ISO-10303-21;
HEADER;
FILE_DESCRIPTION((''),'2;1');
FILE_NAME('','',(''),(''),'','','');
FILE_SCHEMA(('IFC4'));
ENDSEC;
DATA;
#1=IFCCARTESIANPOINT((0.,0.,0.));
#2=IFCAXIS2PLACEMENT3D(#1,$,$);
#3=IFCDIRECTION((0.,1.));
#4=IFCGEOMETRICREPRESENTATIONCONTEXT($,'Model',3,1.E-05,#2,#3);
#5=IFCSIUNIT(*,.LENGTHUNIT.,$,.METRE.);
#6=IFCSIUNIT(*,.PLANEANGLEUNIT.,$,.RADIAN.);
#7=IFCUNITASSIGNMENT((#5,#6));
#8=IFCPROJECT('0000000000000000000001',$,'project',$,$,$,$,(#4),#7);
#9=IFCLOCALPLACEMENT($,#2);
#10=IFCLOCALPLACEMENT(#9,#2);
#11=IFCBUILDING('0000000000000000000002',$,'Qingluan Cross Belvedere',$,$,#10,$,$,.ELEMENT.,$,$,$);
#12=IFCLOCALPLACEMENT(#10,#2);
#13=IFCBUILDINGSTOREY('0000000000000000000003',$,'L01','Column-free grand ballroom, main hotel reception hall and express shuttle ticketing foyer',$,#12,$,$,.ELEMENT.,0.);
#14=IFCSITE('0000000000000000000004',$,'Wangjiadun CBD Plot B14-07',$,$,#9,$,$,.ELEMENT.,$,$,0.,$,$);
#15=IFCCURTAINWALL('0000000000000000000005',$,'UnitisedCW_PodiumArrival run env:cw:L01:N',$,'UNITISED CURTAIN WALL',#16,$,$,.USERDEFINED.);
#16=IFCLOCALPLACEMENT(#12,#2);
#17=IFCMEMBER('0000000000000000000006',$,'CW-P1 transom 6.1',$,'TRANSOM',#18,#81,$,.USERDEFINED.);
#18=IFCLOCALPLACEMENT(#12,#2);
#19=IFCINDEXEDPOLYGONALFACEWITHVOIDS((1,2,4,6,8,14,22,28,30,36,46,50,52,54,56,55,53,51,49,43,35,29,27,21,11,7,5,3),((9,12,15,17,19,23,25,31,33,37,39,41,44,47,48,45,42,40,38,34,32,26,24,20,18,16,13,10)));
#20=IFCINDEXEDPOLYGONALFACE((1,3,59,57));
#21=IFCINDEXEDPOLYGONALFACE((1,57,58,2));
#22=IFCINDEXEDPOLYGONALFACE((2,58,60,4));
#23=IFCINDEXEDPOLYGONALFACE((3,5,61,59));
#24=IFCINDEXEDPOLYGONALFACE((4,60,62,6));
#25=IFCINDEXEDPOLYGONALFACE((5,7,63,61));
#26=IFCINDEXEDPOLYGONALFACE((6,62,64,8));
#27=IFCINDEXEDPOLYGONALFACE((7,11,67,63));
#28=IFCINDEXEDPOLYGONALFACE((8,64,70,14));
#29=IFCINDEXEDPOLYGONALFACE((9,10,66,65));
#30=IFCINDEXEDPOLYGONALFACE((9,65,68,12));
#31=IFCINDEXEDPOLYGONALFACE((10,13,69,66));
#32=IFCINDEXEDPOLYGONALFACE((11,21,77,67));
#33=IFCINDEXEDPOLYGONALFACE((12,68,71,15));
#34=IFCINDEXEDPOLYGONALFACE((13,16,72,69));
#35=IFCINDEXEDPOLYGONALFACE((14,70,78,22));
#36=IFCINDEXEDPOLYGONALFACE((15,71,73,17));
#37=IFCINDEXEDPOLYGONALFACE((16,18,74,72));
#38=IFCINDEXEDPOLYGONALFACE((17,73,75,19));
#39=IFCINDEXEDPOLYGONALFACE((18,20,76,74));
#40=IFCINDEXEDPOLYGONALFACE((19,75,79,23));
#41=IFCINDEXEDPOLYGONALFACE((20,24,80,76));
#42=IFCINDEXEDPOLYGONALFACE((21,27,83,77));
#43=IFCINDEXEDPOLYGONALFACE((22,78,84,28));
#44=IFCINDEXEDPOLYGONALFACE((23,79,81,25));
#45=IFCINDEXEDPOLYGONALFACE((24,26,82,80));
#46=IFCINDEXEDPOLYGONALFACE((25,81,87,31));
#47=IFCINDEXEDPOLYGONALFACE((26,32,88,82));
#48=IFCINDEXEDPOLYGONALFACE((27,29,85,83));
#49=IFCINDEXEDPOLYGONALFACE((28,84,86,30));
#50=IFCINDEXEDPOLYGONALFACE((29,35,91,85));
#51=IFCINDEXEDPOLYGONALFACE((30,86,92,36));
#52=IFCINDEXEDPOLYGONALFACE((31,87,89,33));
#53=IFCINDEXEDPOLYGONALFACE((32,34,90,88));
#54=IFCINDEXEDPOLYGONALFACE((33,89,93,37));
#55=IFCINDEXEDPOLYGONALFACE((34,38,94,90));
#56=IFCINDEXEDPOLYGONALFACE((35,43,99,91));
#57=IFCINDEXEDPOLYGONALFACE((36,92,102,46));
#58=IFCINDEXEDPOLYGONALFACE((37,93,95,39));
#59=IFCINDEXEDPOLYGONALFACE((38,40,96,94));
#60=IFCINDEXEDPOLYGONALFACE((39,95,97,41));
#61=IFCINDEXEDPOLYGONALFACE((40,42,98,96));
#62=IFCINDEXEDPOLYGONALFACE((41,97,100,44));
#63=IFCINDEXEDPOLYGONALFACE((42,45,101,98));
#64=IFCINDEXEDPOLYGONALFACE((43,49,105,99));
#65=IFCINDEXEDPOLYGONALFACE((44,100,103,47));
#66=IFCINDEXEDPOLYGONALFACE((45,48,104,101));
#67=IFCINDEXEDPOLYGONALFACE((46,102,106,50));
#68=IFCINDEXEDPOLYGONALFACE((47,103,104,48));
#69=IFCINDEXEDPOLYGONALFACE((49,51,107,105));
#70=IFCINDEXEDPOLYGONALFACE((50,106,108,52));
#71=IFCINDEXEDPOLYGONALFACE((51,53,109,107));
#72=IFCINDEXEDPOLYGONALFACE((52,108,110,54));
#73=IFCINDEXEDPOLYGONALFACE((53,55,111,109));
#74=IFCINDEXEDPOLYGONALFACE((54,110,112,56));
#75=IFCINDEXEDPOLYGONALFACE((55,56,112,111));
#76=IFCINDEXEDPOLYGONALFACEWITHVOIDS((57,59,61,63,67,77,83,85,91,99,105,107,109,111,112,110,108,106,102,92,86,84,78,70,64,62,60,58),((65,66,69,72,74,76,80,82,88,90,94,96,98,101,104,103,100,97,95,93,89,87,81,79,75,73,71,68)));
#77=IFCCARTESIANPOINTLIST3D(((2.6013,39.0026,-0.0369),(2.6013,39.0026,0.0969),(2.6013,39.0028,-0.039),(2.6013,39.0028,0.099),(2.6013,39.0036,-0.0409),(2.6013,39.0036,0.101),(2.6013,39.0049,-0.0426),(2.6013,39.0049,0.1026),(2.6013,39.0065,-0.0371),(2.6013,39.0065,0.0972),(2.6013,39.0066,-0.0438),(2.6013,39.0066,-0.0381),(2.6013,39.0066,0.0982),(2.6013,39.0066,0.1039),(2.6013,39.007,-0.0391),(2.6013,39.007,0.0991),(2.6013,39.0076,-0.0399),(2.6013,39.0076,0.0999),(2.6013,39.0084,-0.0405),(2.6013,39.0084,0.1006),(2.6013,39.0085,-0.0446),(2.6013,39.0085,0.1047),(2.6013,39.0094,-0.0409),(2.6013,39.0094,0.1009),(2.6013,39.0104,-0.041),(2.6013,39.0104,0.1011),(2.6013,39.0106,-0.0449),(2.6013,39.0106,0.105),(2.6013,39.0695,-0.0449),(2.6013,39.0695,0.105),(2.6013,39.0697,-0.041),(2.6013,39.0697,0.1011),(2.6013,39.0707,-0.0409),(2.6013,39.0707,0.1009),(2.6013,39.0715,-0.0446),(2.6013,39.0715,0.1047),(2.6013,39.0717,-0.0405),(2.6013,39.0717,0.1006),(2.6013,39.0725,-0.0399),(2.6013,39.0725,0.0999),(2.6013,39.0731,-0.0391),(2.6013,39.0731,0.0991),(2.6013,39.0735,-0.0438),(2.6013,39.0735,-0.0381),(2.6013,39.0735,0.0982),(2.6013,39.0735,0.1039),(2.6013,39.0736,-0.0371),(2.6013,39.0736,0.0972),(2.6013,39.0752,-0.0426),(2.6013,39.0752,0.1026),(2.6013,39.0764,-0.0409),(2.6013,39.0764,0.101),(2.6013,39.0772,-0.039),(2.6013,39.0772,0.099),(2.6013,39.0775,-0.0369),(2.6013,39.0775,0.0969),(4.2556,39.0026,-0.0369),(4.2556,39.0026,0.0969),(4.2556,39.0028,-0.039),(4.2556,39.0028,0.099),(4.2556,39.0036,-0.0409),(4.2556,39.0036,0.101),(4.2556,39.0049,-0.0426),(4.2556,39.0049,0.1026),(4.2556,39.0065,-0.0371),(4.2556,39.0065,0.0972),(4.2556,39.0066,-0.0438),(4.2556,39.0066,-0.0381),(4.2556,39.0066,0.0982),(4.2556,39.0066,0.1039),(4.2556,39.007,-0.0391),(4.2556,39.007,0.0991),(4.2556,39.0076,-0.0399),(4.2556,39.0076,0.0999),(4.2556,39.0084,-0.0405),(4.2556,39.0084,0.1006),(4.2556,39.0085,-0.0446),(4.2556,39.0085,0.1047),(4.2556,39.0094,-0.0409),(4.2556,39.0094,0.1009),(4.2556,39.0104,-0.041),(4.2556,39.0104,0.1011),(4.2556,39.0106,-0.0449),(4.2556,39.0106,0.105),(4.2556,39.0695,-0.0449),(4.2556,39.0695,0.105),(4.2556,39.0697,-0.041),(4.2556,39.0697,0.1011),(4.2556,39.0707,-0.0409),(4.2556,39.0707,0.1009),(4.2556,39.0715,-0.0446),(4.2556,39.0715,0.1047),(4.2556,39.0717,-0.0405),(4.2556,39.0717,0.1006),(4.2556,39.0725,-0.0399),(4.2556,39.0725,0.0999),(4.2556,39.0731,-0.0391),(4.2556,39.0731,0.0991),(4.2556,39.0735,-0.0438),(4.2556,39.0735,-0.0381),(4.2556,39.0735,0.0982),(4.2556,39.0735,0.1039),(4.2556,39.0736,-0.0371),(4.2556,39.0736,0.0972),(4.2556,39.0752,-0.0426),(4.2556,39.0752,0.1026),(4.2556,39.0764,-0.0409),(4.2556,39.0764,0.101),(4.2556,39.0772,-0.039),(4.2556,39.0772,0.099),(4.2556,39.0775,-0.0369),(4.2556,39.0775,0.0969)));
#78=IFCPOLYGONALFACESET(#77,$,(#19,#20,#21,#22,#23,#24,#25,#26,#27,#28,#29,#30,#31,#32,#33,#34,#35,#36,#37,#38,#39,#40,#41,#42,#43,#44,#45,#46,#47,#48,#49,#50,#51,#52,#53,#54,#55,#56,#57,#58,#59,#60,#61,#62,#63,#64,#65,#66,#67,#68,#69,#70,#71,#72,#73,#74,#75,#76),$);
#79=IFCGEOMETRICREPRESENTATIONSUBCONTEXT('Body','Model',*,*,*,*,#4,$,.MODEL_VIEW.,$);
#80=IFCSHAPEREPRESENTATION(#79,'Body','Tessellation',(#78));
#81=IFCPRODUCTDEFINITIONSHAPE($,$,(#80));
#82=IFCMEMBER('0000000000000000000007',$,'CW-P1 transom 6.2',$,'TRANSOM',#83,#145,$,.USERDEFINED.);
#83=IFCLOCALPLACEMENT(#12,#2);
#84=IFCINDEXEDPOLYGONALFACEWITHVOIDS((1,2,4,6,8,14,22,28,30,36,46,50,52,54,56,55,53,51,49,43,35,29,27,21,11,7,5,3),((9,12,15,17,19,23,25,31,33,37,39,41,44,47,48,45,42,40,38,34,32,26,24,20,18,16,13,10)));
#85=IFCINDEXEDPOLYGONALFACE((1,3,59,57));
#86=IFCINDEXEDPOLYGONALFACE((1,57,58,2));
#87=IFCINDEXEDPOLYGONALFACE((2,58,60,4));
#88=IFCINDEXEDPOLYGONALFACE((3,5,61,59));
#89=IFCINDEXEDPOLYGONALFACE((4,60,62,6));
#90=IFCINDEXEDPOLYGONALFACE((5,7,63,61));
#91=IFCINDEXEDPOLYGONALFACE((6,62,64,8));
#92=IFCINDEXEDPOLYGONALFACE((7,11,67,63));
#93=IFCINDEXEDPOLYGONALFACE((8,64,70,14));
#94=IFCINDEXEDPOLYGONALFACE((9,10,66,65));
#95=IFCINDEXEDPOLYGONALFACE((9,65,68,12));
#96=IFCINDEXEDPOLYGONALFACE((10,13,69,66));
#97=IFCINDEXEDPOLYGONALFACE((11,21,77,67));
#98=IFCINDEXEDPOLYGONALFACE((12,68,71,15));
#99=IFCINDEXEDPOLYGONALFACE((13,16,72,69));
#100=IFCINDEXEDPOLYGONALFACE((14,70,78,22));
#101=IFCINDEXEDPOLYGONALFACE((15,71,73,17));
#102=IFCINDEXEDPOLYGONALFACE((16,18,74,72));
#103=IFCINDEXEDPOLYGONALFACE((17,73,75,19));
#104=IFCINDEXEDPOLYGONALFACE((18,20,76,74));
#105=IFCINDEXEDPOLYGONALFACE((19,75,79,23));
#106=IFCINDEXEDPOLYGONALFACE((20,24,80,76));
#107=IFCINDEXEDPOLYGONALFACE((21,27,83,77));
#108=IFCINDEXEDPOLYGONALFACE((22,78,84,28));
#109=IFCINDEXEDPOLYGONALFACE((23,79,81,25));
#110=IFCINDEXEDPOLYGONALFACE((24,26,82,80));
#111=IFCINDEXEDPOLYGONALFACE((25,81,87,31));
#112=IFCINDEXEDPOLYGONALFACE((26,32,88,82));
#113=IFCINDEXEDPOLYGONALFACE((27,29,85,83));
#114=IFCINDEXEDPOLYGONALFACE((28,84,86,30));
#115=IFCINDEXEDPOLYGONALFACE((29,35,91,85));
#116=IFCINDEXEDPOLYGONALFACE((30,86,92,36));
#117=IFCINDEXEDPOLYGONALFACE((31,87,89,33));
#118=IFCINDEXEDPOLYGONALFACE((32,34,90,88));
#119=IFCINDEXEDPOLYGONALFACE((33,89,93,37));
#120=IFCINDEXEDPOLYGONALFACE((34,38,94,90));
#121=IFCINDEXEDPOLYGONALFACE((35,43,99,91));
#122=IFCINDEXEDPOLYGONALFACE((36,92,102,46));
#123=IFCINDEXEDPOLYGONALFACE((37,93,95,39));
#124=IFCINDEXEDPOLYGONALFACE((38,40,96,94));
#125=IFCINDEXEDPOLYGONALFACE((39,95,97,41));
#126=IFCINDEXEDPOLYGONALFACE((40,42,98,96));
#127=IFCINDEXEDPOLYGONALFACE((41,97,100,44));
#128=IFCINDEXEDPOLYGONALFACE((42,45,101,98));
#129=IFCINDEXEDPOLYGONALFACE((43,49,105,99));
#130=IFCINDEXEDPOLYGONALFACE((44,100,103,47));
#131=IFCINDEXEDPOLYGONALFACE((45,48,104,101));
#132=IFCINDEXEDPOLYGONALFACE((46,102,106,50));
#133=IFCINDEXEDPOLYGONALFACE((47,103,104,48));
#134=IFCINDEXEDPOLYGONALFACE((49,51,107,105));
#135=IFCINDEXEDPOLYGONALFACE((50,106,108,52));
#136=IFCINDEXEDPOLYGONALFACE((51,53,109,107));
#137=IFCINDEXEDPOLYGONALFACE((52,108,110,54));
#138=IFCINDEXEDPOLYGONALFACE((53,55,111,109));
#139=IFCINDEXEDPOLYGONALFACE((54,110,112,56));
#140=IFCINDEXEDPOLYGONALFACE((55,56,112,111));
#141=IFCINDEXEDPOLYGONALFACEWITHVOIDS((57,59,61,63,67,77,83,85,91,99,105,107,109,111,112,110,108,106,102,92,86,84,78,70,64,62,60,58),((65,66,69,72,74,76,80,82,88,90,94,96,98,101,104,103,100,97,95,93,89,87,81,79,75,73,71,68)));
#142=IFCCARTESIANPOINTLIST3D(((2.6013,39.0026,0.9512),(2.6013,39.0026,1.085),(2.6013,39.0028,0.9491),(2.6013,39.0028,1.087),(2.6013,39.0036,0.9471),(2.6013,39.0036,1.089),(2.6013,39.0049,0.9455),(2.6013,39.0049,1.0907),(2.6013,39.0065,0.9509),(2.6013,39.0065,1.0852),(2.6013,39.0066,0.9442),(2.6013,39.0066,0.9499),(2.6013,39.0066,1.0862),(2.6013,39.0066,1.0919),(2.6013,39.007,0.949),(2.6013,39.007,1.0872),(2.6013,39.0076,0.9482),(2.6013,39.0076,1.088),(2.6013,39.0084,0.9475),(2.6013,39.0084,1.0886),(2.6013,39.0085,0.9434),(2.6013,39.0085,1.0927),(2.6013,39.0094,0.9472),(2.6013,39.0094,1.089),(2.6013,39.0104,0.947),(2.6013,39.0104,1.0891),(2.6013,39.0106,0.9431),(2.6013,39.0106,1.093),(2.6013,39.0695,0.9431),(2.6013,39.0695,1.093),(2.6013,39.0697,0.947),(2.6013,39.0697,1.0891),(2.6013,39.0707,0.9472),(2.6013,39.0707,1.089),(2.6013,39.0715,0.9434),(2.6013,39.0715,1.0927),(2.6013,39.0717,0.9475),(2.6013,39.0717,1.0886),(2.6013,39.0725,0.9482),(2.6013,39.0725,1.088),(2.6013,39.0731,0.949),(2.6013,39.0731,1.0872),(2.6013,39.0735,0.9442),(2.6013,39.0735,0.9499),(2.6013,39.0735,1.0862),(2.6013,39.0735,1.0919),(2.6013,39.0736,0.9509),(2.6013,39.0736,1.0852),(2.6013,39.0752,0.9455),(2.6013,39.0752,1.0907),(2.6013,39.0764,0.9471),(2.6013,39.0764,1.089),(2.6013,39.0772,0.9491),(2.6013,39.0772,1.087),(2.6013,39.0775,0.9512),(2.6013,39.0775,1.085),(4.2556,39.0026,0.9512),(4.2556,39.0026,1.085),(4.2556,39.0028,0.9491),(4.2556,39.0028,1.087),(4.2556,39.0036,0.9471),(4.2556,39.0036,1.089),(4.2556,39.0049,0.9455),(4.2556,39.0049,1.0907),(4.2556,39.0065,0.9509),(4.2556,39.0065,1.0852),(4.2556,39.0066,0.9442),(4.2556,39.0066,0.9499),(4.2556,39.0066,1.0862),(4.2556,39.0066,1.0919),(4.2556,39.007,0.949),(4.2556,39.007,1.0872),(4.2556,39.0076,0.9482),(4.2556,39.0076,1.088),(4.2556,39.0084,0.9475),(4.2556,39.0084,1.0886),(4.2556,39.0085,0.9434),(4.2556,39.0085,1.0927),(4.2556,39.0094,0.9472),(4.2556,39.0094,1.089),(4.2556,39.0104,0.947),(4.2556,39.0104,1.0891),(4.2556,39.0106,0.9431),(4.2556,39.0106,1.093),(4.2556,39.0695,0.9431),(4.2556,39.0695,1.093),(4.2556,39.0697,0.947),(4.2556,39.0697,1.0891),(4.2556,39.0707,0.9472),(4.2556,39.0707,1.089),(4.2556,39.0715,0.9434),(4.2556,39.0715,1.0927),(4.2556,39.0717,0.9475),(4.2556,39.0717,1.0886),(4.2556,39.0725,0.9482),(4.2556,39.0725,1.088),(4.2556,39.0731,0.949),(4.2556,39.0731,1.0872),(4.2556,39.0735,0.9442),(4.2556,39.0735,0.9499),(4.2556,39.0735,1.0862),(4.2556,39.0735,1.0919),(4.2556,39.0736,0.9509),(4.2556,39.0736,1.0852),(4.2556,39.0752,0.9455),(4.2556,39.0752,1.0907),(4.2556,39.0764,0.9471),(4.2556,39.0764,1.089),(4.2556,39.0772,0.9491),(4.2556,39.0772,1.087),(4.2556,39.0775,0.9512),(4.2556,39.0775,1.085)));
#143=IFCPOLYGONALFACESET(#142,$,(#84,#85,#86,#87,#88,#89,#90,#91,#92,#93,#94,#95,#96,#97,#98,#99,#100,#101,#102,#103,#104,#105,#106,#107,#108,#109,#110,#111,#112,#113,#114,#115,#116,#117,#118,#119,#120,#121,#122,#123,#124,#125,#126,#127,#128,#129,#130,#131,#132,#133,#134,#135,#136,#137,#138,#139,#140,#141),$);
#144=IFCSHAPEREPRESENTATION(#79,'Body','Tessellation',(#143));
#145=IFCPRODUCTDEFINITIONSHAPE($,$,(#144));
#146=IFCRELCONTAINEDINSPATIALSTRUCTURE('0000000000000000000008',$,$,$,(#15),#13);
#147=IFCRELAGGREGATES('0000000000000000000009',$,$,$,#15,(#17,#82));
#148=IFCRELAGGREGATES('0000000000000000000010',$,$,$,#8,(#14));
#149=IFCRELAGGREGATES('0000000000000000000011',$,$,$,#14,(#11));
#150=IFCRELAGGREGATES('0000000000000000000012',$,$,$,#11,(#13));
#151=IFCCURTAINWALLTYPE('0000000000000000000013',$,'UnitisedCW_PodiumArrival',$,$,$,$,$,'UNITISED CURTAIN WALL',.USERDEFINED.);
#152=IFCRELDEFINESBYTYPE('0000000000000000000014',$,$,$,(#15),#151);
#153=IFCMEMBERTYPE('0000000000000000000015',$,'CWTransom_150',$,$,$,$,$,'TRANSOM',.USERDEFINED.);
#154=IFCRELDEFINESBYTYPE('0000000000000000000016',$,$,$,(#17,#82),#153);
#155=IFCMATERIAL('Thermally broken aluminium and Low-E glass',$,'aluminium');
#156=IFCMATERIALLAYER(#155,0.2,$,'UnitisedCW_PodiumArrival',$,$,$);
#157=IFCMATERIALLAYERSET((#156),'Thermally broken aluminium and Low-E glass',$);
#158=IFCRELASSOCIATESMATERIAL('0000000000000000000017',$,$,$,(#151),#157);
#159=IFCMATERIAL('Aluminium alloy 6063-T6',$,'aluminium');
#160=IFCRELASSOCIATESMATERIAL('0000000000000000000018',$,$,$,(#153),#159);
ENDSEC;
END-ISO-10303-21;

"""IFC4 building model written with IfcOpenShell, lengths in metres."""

from ifc_helpers import new_model, si_unit, direction, frame, origin, origin_2d, place, context, subcontext, project, spatial, hollow_rectangle, extrude, material, layer, layer_set, material_profile, profile_set, type_object, element, aggregate, save


model = new_model("IFC4")

# Units and contexts
model_context = context("Model", 3, precision=1e-05, world=origin(), true_north=direction((0.0, 1.0)))
body_context = subcontext(model_context, "Body", "Model", "MODEL_VIEW")
ifc_project = project(units=[si_unit("LENGTHUNIT", "METRE"), si_unit("PLANEANGLEUNIT", "RADIAN")], contexts=[model_context])

# Site, building, storey
site_placement = place(None, origin())
site = spatial("IfcSite", under=ifc_project, at=site_placement, Name="Wangjiadun CBD Plot B14-07", CompositionType="ELEMENT", RefElevation=0.0)
building_placement = place(site_placement, origin())
building = spatial("IfcBuilding", under=site, at=building_placement, Name="Qingluan Cross Belvedere", CompositionType="ELEMENT")
storey_placement = place(building_placement, origin())
storey = spatial("IfcBuildingStorey", under=building, at=storey_placement, Name="L01", Description="Column-free grand ballroom, main hotel reception hall and express shuttle ticketing foyer", CompositionType="ELEMENT", Elevation=0.0)

# Curtain wall, members
ifc_material_1 = material(Name="Thermally broken aluminium and Low-E glass", Category="aluminium")
ifc_layer_1 = layer(ifc_material_1, 0.2, Name="UnitisedCW_PodiumArrival")
ifc_layer_set_1 = layer_set([ifc_layer_1], Name="Thermally broken aluminium and Low-E glass")
curtain_wall_type = type_object("IfcCurtainWallType", Name="UnitisedCW_PodiumArrival", ElementType="UNITISED CURTAIN WALL", PredefinedType="USERDEFINED", material=ifc_layer_set_1)
curtain_wall_placement = place(storey_placement, origin())
curtain_wall = element("IfcCurtainWall", 1, at=curtain_wall_placement, inside=storey, type_object=curtain_wall_type, Name="UnitisedCW_PodiumArrival run env:cw:L01:N", ObjectType="UNITISED CURTAIN WALL", PredefinedType="USERDEFINED")
ifc_material_2 = material(Name="Aluminium alloy 6063-T6", Category="aluminium")
ifc_material_profile_1 = material_profile(ifc_material_2, hollow_rectangle(XDim=0.075, YDim=0.1499, WallThickness=0.0039, InnerFilletRadius=0.0039, OuterFilletRadius=0.0081, at=origin_2d()), Name="CWT150x75x4")
ifc_profile_set_1 = profile_set([ifc_material_profile_1], Name="Aluminium alloy 6063-T6")
member_type_1 = type_object("IfcMemberType", Name="CWTransom_150", ElementType="TRANSOM", PredefinedType="USERDEFINED", material=ifc_profile_set_1)
member_1_placement = place(storey_placement, frame((2.6013, 39.04, 0.03), z_axis=(1.0, 0.0, 0.0), x_axis=(0.0, 1.0, 0.0)))
member_1 = element("IfcMember", 2, at=member_1_placement, type_object=member_type_1, Name="CW-P1 transom 6.1", ObjectType="TRANSOM", PredefinedType="USERDEFINED", context=body_context, shape_type="SweptSolid", body=[
    extrude(hollow_rectangle(XDim=0.075, YDim=0.1499, WallThickness=0.0039, InnerFilletRadius=0.0039, OuterFilletRadius=0.0081, at=origin_2d()), origin(), (0.0, 0.0, 1.0), 1.6543),
])
member_2_placement = place(storey_placement, frame((2.6013, 39.04, 1.0181), z_axis=(1.0, 0.0, 0.0), x_axis=(0.0, 1.0, 0.0)))
member_2 = element("IfcMember", 3, at=member_2_placement, type_object=member_type_1, Name="CW-P1 transom 6.2", ObjectType="TRANSOM", PredefinedType="USERDEFINED", context=body_context, shape_type="SweptSolid", body=[
    extrude(hollow_rectangle(XDim=0.075, YDim=0.1499, WallThickness=0.0039, InnerFilletRadius=0.0039, OuterFilletRadius=0.0081, at=origin_2d()), origin(), (0.0, 0.0, 1.0), 1.6543),
])

aggregate(curtain_wall, [member_1, member_2])

save(model, "model.ifc")
